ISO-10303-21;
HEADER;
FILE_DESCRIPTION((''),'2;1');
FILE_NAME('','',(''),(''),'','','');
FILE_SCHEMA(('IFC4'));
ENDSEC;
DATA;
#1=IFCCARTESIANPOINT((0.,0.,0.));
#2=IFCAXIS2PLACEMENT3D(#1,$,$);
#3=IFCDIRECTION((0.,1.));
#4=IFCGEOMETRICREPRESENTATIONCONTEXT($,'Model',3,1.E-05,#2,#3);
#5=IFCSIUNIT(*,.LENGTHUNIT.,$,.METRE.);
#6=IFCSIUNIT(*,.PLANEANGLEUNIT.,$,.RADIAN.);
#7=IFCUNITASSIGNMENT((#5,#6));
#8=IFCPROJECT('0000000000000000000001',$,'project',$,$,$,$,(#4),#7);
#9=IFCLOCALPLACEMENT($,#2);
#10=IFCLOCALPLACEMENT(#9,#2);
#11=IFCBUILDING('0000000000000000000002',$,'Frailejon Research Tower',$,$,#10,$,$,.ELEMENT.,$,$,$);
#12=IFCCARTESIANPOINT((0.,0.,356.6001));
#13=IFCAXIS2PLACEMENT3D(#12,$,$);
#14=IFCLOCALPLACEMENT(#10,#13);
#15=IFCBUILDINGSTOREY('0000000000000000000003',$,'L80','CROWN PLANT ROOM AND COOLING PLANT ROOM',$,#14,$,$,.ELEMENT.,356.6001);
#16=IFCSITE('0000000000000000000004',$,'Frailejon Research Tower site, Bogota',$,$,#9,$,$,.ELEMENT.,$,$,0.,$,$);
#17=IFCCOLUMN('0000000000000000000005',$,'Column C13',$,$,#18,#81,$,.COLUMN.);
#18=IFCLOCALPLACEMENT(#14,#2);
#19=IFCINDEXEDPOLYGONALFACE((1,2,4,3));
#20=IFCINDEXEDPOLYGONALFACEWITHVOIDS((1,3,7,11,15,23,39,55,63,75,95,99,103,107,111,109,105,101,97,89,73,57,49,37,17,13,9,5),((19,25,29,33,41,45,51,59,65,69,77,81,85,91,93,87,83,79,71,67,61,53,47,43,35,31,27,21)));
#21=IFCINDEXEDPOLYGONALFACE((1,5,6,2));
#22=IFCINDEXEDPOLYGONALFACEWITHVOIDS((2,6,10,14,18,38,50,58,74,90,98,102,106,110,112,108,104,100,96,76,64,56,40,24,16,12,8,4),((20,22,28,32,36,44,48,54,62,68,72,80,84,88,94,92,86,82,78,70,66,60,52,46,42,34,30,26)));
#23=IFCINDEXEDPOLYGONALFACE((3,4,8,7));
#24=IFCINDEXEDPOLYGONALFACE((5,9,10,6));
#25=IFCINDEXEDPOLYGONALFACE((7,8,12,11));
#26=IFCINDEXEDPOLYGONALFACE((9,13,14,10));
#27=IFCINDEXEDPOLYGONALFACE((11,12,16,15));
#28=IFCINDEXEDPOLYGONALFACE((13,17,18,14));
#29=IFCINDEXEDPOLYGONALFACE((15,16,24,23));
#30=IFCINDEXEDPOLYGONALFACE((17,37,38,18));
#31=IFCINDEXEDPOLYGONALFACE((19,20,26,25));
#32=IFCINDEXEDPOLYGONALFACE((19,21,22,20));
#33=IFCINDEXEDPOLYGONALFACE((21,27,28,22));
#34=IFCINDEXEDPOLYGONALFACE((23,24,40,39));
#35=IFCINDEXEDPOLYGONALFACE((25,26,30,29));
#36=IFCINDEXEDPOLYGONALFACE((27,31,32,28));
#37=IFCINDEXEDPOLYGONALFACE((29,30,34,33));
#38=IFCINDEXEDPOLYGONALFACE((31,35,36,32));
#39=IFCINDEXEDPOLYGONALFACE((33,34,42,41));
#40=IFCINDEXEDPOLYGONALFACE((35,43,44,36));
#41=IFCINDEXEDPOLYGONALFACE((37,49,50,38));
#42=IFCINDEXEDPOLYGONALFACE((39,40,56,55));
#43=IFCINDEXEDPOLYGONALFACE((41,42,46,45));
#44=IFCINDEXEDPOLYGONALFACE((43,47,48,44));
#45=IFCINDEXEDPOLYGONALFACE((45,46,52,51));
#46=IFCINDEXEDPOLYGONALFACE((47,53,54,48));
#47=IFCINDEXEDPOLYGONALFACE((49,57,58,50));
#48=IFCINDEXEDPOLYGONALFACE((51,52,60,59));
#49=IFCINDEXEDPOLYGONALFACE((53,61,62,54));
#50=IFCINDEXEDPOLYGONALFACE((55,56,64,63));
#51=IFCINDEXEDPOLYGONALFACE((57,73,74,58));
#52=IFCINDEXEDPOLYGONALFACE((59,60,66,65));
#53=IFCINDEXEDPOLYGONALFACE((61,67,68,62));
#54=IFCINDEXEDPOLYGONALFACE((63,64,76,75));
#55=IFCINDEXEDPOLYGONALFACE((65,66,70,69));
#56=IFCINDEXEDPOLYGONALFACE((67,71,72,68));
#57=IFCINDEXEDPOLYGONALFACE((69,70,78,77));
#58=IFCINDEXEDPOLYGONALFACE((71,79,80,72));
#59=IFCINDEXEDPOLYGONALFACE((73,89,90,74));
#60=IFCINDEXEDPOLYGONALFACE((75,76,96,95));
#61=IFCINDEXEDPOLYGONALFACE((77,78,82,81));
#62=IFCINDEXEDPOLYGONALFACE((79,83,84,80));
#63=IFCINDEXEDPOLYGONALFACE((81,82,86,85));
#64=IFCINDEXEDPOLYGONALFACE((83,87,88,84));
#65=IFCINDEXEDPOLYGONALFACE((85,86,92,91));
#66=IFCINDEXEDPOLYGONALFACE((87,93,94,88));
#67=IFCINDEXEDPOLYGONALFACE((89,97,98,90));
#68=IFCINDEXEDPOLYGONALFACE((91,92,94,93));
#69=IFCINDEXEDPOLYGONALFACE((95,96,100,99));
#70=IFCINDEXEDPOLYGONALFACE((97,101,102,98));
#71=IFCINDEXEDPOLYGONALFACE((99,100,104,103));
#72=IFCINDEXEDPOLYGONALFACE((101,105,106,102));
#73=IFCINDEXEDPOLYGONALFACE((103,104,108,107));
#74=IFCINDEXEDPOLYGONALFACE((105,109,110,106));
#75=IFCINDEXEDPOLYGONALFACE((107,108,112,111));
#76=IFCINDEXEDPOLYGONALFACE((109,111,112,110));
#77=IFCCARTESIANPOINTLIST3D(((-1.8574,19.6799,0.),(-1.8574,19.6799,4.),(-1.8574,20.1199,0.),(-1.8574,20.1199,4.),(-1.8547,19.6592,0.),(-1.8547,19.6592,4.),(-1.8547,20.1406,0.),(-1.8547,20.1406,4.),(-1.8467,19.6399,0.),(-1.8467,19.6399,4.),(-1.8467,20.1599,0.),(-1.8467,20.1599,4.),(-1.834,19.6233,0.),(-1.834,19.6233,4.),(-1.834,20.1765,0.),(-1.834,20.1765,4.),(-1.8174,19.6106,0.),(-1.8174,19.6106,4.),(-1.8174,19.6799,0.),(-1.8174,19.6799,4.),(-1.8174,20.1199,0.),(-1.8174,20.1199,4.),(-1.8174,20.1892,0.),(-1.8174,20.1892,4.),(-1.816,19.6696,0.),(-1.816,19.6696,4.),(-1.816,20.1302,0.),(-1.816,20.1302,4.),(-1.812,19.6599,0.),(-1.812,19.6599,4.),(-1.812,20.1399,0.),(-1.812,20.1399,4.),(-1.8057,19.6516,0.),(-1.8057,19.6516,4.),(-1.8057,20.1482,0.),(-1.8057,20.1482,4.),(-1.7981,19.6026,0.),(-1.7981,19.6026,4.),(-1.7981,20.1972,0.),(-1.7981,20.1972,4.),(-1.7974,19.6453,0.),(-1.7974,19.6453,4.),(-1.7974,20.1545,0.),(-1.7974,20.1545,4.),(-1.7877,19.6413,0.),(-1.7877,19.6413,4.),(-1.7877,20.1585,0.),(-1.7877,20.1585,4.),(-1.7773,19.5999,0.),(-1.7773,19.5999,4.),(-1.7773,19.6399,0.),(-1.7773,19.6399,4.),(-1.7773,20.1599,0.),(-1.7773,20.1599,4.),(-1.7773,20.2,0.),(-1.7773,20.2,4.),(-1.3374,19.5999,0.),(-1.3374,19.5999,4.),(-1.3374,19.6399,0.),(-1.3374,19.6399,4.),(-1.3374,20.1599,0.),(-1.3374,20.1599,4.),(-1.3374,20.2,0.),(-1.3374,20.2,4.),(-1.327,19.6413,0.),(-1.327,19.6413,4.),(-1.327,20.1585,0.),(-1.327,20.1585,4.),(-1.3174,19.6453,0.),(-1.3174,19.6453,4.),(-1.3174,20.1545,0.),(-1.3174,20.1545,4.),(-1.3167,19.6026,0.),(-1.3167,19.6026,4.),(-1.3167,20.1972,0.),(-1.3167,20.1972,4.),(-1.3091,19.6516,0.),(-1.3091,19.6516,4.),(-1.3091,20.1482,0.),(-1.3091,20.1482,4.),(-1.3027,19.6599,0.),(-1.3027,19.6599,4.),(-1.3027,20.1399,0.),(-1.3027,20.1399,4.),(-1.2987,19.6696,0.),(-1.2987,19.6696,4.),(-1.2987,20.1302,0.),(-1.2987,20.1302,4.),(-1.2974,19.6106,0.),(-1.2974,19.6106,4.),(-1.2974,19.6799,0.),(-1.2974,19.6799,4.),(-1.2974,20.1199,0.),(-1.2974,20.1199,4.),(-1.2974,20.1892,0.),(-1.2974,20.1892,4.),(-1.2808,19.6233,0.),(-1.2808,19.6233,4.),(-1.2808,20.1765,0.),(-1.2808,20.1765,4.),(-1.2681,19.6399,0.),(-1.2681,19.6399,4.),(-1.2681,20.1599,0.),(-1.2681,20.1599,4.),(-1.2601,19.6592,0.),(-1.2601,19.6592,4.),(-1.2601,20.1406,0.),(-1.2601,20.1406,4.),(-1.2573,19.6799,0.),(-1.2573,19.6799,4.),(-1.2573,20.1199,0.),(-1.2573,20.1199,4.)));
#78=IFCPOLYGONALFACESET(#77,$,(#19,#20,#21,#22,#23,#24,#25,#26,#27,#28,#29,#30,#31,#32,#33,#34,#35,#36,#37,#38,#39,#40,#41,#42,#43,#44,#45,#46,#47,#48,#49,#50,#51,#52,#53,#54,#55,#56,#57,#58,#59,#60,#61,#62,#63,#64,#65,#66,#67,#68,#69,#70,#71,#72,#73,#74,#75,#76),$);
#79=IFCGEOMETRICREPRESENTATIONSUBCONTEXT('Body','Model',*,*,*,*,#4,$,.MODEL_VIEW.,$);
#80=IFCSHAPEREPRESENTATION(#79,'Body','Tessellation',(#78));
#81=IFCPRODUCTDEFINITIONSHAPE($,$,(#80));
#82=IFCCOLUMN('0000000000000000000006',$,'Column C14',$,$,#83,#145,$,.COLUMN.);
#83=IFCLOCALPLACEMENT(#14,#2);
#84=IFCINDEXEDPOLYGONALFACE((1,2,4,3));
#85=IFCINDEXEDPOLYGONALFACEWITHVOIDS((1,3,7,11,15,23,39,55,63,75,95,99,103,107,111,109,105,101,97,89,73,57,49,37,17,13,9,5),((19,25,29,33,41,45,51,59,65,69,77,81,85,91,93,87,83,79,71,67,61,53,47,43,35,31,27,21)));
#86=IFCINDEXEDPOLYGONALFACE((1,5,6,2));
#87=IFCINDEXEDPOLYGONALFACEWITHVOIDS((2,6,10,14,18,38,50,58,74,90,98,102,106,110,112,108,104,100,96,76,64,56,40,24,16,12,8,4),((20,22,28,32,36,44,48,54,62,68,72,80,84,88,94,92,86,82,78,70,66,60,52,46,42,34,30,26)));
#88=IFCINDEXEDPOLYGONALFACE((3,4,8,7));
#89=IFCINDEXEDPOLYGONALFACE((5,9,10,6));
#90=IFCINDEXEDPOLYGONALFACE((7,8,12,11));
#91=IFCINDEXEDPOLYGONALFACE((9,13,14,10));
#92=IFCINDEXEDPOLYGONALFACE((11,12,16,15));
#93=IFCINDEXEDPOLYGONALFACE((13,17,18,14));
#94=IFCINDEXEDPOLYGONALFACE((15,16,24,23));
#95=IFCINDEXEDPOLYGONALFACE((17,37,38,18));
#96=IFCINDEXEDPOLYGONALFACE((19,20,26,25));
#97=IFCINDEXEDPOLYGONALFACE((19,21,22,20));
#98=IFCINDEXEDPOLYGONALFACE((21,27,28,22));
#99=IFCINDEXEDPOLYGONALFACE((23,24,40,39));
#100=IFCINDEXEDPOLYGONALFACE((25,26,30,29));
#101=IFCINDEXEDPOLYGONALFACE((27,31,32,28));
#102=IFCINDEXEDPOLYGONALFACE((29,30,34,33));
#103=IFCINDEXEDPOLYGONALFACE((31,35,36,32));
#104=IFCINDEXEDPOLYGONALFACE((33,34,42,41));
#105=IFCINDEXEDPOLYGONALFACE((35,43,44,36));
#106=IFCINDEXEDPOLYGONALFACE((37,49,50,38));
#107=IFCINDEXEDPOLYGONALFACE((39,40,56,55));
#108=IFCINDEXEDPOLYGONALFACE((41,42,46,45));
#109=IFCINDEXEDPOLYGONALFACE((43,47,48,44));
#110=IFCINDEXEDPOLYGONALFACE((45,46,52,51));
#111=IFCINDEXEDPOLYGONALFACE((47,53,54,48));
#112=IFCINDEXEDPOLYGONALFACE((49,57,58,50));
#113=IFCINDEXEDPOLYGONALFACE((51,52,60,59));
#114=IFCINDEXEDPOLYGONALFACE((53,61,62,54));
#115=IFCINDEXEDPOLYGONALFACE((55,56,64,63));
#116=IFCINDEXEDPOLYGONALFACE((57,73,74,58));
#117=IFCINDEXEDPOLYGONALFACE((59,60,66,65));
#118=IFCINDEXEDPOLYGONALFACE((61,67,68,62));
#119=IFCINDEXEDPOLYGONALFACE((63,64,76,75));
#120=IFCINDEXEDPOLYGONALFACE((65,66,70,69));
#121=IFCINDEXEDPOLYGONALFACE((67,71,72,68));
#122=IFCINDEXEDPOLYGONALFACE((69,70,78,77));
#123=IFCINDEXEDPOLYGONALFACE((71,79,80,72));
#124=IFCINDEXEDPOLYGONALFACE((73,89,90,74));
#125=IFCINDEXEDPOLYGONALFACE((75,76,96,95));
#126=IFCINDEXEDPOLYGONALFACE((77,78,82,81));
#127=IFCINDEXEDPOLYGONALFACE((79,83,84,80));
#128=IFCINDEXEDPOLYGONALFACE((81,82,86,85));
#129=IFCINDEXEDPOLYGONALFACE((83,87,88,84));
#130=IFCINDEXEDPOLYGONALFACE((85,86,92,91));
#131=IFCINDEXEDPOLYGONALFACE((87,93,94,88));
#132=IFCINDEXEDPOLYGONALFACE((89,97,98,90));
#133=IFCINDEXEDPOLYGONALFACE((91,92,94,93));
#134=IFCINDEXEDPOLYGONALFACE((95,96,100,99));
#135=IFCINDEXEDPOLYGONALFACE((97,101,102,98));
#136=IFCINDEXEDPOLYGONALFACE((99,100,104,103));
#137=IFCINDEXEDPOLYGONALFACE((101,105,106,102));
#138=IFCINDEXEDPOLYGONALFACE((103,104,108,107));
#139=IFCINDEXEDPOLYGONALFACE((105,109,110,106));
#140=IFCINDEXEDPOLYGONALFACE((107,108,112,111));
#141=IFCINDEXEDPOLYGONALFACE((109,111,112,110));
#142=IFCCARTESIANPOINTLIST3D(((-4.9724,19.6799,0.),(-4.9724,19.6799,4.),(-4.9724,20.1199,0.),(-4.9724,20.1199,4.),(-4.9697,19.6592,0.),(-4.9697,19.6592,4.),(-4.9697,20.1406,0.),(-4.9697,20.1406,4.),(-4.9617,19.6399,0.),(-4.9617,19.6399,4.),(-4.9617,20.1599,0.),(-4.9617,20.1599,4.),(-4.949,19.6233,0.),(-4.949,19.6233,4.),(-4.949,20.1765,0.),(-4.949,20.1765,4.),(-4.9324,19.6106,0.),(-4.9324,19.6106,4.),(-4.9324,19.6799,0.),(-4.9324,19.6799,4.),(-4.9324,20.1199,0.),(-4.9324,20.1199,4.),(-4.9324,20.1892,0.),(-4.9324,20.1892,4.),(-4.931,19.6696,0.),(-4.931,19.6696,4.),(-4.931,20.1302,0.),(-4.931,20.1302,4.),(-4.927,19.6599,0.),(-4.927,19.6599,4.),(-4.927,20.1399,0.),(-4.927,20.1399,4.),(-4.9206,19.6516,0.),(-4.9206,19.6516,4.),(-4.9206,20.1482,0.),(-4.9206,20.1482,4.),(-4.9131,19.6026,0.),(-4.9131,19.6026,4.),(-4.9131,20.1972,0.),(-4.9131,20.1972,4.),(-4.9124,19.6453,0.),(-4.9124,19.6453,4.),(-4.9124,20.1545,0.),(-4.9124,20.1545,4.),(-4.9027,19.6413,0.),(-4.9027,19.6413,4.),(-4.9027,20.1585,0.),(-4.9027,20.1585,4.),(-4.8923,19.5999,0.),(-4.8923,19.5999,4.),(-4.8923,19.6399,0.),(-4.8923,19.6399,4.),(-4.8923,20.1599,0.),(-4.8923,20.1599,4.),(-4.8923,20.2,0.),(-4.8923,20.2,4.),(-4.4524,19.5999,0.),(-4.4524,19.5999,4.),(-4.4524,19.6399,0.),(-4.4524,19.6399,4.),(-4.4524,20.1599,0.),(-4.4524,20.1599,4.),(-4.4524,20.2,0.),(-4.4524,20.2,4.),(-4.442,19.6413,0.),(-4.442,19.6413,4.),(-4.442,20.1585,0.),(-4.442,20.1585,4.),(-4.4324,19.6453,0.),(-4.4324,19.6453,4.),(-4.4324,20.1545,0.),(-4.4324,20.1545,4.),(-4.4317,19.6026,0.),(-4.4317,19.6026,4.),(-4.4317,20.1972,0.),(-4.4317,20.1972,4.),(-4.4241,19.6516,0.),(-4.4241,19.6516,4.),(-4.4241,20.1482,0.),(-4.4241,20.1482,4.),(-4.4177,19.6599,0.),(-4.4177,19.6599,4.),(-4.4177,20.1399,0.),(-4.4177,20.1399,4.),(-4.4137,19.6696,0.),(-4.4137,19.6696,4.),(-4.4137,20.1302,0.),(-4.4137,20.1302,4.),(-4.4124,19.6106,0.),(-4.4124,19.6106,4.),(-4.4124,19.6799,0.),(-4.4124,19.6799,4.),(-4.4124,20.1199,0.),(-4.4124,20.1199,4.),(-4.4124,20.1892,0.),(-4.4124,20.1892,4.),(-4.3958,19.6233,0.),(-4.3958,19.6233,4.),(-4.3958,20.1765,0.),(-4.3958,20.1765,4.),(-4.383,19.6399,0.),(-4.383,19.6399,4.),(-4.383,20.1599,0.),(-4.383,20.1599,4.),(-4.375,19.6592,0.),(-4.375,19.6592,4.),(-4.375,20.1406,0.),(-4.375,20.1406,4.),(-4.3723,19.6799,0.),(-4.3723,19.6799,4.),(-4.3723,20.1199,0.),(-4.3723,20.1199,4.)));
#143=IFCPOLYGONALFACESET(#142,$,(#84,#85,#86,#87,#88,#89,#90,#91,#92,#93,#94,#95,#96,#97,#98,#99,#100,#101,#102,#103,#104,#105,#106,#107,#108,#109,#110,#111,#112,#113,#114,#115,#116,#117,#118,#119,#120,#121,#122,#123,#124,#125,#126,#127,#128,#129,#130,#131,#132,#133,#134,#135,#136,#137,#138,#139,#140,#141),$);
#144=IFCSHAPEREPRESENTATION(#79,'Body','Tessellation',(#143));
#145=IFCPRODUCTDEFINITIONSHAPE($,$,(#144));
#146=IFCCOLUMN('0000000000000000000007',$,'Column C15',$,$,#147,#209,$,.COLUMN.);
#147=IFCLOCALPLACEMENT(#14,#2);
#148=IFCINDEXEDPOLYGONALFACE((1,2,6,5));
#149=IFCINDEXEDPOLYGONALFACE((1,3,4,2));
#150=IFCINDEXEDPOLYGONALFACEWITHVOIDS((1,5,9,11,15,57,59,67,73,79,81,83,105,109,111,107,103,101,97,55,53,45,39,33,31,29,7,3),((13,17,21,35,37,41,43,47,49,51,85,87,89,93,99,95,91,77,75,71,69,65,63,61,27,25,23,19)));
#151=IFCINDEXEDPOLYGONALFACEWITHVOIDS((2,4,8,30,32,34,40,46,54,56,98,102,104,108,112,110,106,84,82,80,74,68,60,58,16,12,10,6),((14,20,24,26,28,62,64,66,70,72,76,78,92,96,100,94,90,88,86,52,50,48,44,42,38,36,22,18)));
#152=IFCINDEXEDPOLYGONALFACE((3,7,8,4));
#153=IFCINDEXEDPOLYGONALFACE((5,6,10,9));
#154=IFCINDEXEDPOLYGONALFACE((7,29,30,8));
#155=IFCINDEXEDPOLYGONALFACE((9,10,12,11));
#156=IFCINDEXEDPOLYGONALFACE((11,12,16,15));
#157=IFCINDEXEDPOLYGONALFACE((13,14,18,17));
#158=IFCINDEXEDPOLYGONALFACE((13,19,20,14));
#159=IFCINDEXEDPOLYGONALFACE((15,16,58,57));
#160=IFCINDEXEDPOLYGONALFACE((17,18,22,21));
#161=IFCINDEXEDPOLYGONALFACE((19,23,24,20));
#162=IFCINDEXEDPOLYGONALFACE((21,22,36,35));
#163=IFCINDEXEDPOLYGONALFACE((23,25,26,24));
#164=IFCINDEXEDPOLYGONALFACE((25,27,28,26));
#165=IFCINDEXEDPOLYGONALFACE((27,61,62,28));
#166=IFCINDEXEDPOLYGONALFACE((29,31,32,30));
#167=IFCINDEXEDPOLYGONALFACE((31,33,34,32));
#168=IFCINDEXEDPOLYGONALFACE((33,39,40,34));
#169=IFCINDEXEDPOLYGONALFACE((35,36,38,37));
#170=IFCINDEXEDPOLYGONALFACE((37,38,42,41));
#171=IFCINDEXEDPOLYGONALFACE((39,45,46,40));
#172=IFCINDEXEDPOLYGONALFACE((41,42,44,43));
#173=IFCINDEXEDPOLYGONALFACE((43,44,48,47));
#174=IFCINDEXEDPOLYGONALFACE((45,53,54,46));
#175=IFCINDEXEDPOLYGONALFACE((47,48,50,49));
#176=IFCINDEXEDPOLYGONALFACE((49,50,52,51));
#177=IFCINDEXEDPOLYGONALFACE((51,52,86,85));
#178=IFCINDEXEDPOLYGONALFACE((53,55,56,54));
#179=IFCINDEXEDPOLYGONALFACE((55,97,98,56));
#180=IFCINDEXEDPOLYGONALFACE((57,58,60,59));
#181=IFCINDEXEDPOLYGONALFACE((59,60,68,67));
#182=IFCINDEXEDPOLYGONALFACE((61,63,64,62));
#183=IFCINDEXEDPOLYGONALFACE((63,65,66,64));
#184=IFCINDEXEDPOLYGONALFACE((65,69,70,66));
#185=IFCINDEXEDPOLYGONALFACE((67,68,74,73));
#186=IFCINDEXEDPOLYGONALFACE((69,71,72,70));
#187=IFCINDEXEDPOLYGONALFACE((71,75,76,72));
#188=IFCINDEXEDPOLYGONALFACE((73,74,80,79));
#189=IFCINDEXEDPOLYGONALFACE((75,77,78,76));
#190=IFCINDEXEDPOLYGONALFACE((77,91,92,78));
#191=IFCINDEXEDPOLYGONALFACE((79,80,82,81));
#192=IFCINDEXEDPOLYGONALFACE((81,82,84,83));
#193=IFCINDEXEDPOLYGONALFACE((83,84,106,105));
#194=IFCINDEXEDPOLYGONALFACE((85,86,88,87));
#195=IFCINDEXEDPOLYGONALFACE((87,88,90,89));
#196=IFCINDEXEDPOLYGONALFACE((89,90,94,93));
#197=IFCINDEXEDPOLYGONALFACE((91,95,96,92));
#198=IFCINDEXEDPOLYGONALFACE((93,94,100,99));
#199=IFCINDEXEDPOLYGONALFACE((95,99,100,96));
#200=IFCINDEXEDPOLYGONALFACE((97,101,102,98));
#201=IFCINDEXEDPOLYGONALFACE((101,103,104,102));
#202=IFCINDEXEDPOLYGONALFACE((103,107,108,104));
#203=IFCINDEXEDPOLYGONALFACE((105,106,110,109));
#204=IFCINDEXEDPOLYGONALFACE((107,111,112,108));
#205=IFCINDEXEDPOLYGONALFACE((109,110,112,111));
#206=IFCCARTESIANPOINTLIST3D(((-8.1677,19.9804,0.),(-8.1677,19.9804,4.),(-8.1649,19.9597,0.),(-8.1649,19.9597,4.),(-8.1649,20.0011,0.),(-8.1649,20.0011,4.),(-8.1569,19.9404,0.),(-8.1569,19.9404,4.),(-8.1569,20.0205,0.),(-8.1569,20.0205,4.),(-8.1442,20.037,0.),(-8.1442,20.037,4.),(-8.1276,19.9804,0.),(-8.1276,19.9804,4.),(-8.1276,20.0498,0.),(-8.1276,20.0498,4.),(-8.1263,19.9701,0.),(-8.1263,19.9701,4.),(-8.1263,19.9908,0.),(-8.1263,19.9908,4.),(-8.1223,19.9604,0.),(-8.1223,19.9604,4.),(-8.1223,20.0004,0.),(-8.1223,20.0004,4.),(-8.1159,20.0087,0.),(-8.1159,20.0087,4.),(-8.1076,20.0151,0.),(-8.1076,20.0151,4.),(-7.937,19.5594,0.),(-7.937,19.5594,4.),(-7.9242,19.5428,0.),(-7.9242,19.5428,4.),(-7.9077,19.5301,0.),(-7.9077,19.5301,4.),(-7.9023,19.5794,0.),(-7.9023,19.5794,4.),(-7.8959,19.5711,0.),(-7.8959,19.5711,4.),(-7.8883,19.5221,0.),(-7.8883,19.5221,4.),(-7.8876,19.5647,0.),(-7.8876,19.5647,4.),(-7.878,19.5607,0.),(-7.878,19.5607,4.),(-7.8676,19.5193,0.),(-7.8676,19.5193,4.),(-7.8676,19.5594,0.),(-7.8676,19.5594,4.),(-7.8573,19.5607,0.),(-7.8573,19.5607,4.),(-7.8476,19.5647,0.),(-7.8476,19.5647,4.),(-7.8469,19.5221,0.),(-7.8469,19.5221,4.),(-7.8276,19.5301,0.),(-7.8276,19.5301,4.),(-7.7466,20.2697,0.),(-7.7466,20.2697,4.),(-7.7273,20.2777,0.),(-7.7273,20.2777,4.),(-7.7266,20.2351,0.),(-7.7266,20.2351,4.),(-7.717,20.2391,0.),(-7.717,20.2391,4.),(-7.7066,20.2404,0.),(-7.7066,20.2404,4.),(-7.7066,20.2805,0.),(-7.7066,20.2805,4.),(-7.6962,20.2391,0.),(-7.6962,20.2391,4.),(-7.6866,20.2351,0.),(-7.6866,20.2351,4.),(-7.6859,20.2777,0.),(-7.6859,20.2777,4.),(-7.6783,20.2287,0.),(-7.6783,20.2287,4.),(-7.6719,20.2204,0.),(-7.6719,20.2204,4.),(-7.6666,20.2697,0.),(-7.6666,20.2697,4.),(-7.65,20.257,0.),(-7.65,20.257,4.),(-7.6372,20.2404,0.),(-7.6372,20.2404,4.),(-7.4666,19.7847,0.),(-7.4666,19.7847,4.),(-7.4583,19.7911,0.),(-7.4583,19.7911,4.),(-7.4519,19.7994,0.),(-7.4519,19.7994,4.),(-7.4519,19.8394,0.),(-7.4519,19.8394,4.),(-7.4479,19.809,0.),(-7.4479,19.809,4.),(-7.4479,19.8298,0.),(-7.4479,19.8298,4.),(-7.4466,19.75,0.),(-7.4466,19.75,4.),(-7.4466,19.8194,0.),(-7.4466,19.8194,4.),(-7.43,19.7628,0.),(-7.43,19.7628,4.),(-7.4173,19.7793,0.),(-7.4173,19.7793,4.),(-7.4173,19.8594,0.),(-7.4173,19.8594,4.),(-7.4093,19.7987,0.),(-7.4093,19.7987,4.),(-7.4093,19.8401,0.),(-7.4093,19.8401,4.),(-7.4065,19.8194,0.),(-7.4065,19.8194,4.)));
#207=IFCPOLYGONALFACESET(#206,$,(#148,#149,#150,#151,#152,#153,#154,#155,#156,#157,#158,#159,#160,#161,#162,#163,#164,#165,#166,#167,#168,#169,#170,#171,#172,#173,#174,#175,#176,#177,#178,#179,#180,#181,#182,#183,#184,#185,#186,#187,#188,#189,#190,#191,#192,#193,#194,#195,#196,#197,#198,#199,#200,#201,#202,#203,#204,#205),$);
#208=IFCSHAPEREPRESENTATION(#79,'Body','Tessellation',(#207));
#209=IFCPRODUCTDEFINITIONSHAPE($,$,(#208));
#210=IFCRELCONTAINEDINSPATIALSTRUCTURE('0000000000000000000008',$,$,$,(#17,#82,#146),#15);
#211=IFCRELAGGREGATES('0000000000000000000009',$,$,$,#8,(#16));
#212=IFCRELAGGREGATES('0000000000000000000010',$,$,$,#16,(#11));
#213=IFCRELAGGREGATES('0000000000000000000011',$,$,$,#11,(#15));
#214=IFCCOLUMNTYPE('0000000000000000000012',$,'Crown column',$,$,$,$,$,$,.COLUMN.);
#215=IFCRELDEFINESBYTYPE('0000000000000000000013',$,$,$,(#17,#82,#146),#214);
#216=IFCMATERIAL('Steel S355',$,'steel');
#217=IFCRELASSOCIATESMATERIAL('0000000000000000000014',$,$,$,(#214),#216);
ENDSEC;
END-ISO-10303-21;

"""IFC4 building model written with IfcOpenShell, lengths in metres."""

from ifc_helpers import new_model, si_unit, direction, frame, origin, origin_2d, place, context, subcontext, project, spatial, hollow_rectangle, extrude, material, material_profile, profile_set, type_object, element, save


model = new_model("IFC4")

# Units and contexts
model_context = context("Model", 3, precision=1e-05, world=origin(), true_north=direction((0.0, 1.0)))
body_context = subcontext(model_context, "Body", "Model", "MODEL_VIEW")
ifc_project = project(units=[si_unit("LENGTHUNIT", "METRE"), si_unit("PLANEANGLEUNIT", "RADIAN")], contexts=[model_context])

# Site, building, storey
site_placement = place(None, origin())
site = spatial("IfcSite", under=ifc_project, at=site_placement, Name="Frailejon Research Tower site, Bogota", CompositionType="ELEMENT", RefElevation=0.0)
building_placement = place(site_placement, origin())
building = spatial("IfcBuilding", under=site, at=building_placement, Name="Frailejon Research Tower", CompositionType="ELEMENT")
storey_placement = place(building_placement, frame((0.0, 0.0, 356.6001)))
storey = spatial("IfcBuildingStorey", under=building, at=storey_placement, Name="L80", Description="CROWN PLANT ROOM AND COOLING PLANT ROOM", CompositionType="ELEMENT", Elevation=356.6001)

# Columns
ifc_material_1 = material(Name="Steel S355", Category="steel")
ifc_material_profile_1 = material_profile(ifc_material_1, hollow_rectangle(XDim=0.6001, YDim=0.6001, WallThickness=0.04, InnerFilletRadius=0.04, OuterFilletRadius=0.0801, at=origin_2d()), Name="Crown column")
ifc_profile_set_1 = profile_set([ifc_material_profile_1], Name="Steel S355")
column_type = type_object("IfcColumnType", Name="Crown column", PredefinedType="COLUMN", material=ifc_profile_set_1)
for number, where, z_axis, x_axis, name in (
    (1, (-1.5574, 19.8999, 0.0), (0.0, 0.0, 1.0), (-1.0, 0.0, 0.0), "Column C13"),
    (2, (-4.6724, 19.8999, 0.0), (0.0, 0.0, 1.0), (-1.0, 0.0, 0.0), "Column C14"),
    (3, (-7.7871, 19.8999, 0.0), (0.0, 0.0, 1.0), (-0.866025, -0.5, 0.0), "Column C15"),
):
    element("IfcColumn", number, at=place(storey_placement, frame(where, z_axis=z_axis, x_axis=x_axis)), inside=storey, type_object=column_type, Name=name, PredefinedType="COLUMN", context=body_context, shape_type="SweptSolid", body=[
        extrude(hollow_rectangle(XDim=0.6001, YDim=0.6001, WallThickness=0.04, InnerFilletRadius=0.04, OuterFilletRadius=0.0801, at=origin_2d()), origin(), (0.0, 0.0, 1.0), 4.0),
    ])

save(model, "model.ifc")
